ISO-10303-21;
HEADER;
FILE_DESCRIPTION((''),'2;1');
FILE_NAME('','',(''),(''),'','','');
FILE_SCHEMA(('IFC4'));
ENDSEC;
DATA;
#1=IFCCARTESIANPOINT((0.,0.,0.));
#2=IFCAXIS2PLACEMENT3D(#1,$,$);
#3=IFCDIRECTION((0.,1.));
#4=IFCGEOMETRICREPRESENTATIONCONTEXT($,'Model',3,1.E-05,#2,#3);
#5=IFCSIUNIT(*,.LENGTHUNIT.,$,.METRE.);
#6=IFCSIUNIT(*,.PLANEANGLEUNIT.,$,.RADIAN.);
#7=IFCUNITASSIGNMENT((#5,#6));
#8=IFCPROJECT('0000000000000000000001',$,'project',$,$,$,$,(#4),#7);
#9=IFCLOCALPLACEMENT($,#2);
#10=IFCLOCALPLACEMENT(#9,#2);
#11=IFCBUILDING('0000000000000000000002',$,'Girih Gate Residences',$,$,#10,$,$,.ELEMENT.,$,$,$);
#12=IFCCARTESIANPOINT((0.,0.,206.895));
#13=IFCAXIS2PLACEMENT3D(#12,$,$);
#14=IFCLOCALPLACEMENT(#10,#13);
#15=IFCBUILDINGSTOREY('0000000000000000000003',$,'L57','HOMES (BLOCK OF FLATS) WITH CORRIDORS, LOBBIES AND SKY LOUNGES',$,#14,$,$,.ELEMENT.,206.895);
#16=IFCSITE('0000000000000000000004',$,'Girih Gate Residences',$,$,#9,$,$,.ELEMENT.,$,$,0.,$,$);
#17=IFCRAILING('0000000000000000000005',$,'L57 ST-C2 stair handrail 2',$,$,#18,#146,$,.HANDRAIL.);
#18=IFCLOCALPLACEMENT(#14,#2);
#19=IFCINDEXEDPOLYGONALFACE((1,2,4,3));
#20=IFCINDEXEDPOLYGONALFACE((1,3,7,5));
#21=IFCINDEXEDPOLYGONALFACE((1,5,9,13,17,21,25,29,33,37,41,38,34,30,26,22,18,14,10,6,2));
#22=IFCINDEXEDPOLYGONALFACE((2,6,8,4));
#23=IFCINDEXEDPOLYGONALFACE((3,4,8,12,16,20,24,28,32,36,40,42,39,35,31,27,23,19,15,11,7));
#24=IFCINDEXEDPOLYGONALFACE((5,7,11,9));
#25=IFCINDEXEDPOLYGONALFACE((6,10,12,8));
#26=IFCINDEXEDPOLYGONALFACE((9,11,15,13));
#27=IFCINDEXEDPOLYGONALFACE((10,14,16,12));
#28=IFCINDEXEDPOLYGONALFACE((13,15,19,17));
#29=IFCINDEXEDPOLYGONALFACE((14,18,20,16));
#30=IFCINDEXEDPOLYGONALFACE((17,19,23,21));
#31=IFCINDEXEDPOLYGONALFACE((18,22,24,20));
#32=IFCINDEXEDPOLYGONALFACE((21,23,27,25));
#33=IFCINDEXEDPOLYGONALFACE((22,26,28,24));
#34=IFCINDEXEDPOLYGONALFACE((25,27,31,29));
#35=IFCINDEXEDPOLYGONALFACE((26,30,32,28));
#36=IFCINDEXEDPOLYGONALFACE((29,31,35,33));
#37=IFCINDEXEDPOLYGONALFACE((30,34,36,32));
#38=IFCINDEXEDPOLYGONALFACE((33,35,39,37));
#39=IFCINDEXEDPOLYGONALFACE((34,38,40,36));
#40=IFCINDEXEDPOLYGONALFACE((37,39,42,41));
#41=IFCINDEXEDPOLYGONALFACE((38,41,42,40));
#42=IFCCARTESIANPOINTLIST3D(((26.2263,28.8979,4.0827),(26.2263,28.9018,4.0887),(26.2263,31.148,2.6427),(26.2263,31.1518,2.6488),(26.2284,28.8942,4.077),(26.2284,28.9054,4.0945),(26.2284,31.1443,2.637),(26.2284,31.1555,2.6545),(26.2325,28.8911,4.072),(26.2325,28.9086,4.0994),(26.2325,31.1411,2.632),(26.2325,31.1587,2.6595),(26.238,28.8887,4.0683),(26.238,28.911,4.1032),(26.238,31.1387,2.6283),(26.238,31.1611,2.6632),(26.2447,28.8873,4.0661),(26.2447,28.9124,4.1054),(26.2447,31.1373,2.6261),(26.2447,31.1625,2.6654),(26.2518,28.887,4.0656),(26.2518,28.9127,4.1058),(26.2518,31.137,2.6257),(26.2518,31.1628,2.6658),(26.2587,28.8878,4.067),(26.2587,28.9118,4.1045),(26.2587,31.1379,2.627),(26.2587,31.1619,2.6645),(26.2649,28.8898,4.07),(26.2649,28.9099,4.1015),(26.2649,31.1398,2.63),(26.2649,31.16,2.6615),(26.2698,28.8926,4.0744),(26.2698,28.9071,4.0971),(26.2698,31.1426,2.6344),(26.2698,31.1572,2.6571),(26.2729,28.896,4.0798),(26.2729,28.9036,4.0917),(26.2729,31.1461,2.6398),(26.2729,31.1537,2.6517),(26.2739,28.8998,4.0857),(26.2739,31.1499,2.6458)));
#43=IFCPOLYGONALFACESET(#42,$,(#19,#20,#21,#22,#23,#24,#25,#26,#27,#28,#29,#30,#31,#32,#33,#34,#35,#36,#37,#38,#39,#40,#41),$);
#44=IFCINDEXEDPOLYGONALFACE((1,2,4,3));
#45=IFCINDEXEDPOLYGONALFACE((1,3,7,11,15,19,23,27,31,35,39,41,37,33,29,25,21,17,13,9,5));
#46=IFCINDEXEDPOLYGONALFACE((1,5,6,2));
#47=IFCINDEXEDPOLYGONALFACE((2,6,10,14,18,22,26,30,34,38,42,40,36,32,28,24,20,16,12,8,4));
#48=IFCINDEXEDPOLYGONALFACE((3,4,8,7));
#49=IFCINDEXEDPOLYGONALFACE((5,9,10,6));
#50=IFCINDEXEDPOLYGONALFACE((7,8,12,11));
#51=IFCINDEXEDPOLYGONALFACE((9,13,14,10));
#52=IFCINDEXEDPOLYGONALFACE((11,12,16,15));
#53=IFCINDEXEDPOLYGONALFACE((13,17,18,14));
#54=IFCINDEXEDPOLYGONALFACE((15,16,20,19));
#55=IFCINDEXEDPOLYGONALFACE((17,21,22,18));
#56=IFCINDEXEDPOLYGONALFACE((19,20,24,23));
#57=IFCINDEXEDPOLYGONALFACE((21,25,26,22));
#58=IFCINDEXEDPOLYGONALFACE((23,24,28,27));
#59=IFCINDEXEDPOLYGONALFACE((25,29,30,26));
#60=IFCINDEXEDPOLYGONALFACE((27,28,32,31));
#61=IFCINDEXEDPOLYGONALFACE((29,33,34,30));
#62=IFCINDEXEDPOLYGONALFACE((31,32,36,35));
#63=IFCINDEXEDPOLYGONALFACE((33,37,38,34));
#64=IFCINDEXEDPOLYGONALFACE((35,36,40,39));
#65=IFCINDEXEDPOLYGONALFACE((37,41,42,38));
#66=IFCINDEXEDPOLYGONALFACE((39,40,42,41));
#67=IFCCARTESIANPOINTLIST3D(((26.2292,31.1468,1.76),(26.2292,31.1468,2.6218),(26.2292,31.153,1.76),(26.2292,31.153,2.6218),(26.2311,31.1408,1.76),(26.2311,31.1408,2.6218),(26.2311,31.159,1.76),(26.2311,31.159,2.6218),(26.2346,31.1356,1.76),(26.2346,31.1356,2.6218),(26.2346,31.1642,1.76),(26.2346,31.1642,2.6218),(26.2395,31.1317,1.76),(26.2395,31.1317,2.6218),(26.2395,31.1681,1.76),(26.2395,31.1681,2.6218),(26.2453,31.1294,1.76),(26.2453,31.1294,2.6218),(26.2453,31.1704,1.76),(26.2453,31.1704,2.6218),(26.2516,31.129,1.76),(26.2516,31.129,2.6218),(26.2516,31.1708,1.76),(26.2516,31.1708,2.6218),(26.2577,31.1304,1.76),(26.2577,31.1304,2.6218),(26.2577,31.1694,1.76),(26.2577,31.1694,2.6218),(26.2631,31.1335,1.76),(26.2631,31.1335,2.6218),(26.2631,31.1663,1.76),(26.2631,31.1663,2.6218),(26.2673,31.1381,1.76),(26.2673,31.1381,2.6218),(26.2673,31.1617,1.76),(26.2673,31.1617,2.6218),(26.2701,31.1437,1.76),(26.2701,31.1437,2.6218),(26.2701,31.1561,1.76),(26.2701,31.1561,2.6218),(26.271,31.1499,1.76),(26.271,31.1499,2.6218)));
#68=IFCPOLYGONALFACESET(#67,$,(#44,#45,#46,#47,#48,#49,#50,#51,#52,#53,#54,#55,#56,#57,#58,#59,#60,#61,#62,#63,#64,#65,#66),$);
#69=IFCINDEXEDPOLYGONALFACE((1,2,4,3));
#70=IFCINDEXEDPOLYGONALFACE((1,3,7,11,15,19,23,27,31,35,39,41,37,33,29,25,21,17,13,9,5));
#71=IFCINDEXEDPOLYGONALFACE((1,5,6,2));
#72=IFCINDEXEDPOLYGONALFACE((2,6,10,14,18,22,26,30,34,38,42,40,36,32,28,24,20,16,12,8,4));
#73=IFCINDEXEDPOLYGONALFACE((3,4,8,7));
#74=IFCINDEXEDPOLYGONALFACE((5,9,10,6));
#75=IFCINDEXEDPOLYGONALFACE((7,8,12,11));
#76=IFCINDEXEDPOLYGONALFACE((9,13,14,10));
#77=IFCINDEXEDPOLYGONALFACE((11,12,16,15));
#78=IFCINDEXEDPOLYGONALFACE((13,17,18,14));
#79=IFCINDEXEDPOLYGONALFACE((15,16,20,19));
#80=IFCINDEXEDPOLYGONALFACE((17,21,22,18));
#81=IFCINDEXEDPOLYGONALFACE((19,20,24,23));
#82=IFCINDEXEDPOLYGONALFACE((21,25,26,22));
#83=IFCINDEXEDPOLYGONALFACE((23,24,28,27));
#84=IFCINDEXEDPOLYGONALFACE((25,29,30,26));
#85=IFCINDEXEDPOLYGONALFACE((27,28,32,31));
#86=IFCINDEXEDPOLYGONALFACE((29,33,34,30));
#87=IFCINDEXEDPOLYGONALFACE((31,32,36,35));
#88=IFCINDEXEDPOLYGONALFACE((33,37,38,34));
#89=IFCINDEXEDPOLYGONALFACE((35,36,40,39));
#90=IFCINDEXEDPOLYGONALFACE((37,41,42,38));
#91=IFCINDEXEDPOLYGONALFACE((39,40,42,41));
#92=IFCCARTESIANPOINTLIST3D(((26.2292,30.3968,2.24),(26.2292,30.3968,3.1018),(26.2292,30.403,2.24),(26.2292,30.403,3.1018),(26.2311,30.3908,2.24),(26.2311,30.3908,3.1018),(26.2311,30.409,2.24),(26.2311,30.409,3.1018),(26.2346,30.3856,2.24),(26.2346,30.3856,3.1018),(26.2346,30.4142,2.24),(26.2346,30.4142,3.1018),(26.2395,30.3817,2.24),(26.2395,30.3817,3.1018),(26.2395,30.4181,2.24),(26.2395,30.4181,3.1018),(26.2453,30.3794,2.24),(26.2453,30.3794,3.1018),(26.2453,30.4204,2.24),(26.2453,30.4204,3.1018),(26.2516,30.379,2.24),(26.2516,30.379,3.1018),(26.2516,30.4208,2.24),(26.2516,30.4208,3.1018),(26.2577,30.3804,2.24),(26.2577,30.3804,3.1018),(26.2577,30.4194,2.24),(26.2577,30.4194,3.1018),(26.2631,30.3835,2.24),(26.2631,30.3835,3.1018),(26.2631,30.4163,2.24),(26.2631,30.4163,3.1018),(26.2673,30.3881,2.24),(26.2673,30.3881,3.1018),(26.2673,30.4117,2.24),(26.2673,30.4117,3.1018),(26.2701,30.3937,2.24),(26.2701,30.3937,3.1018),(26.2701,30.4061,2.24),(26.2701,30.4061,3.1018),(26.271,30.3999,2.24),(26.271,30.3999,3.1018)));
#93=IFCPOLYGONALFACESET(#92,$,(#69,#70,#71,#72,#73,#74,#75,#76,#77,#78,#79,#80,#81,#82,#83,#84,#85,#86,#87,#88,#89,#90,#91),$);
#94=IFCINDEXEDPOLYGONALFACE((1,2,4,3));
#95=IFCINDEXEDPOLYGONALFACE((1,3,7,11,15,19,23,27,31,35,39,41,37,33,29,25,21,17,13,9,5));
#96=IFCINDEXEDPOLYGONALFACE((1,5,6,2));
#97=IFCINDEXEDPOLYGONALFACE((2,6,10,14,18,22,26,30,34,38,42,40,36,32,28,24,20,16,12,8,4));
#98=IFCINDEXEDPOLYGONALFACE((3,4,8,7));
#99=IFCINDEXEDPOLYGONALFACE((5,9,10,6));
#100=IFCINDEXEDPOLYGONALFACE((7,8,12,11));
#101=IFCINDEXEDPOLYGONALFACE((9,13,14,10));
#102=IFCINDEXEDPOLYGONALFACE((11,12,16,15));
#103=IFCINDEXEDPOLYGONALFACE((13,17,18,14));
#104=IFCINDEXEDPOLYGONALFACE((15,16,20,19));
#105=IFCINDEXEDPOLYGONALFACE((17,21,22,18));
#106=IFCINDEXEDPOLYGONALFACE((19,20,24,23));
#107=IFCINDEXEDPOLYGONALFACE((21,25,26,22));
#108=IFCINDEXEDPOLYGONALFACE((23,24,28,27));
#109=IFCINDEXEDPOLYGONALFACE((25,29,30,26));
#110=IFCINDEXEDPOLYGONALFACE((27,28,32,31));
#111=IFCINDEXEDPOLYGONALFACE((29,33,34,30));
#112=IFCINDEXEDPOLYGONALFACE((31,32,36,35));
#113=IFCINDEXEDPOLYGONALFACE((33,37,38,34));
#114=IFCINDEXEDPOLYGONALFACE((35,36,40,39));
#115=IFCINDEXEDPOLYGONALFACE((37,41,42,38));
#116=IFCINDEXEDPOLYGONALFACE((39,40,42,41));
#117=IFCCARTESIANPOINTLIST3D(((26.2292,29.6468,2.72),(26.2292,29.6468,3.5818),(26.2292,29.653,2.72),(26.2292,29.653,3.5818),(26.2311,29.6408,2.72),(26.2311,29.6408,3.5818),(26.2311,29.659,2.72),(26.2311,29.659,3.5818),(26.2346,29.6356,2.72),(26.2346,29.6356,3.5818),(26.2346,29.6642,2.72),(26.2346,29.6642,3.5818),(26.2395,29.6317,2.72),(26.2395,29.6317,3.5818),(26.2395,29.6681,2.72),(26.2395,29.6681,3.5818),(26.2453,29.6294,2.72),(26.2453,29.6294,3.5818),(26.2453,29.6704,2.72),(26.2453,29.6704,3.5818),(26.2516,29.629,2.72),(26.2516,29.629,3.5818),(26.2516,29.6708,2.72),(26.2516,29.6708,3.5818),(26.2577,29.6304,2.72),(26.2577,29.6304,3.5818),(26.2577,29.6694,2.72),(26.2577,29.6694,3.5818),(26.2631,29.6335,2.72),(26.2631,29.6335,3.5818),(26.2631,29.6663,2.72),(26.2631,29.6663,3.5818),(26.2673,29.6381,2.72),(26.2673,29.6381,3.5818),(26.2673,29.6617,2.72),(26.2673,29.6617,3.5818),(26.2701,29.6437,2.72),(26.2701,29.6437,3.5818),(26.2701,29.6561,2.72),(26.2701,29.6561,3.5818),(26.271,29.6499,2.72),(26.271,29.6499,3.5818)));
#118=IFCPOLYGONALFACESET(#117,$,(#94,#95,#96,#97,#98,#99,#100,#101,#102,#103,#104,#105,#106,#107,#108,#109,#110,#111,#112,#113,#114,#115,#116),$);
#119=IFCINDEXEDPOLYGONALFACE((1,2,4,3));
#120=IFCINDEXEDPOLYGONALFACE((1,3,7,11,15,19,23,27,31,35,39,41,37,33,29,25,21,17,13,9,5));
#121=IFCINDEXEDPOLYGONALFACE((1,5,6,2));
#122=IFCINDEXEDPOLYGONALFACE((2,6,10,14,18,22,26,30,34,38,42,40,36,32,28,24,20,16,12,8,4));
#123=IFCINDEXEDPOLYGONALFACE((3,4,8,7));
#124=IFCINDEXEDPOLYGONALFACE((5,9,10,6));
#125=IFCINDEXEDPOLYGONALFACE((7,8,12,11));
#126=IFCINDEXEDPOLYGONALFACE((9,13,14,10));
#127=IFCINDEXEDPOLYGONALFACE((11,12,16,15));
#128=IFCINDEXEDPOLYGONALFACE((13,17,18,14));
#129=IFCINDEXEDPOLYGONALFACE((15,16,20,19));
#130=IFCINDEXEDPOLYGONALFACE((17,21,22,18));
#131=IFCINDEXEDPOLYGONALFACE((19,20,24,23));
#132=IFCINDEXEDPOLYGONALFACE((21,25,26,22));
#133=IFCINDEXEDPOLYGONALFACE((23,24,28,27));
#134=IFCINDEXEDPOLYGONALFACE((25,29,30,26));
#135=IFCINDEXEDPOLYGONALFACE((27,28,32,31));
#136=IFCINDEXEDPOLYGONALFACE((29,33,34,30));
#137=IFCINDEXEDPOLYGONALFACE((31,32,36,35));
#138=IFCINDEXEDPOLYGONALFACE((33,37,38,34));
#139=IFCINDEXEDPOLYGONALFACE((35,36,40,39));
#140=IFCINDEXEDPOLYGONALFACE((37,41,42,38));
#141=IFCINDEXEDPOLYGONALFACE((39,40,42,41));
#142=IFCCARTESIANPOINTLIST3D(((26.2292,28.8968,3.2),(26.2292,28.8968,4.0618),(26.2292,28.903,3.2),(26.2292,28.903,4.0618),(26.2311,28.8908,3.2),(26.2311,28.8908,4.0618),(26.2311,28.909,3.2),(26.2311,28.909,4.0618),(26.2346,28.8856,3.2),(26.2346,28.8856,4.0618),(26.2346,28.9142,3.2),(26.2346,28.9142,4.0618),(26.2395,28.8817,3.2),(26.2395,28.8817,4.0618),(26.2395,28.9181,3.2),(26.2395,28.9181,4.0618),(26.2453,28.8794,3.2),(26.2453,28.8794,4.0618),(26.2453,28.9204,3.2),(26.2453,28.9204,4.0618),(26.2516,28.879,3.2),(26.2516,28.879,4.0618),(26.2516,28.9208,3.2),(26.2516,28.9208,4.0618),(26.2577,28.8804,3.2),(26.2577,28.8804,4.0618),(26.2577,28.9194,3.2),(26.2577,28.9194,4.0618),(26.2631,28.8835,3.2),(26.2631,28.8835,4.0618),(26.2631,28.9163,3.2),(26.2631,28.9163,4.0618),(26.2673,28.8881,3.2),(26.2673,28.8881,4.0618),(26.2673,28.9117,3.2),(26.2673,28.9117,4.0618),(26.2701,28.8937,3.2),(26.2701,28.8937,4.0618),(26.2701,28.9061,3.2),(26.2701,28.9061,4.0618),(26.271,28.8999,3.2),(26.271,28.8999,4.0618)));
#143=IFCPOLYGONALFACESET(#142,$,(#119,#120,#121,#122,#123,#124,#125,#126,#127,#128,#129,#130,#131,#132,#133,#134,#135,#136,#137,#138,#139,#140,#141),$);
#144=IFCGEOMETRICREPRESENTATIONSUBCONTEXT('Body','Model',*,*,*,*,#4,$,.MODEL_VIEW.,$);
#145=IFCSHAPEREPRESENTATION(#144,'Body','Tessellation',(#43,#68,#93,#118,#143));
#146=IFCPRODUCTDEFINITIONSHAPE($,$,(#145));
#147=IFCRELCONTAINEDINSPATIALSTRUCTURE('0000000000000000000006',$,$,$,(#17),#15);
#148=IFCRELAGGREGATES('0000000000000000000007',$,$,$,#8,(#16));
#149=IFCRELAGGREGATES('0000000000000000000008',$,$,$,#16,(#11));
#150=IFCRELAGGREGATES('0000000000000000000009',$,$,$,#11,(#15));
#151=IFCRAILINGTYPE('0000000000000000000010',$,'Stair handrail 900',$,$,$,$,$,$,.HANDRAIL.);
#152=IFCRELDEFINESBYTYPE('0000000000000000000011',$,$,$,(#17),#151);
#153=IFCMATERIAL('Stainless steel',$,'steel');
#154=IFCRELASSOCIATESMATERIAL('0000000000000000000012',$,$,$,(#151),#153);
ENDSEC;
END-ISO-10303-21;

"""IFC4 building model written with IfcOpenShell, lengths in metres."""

from ifc_helpers import new_model, si_unit, direction, frame, origin, origin_2d, place, context, subcontext, project, spatial, circle, extrude, material, type_object, element, save


model = new_model("IFC4")

# Units and contexts
model_context = context("Model", 3, precision=1e-05, world=origin(), true_north=direction((0.0, 1.0)))
body_context = subcontext(model_context, "Body", "Model", "MODEL_VIEW")
ifc_project = project(units=[si_unit("LENGTHUNIT", "METRE"), si_unit("PLANEANGLEUNIT", "RADIAN")], contexts=[model_context])

# Site, building, storey
site_placement = place(None, origin())
site = spatial("IfcSite", under=ifc_project, at=site_placement, Name="Girih Gate Residences", CompositionType="ELEMENT", RefElevation=0.0)
building_placement = place(site_placement, origin())
building = spatial("IfcBuilding", under=site, at=building_placement, Name="Girih Gate Residences", CompositionType="ELEMENT")
storey_placement = place(building_placement, frame((0.0, 0.0, 206.895)))
storey = spatial("IfcBuildingStorey", under=building, at=storey_placement, Name="L57", Description="HOMES (BLOCK OF FLATS) WITH CORRIDORS, LOBBIES AND SKY LOUNGES", CompositionType="ELEMENT", Elevation=206.895)

# Railing
ifc_material_1 = material(Name="Stainless steel", Category="steel")
railing_type_1 = type_object("IfcRailingType", Name="Stair handrail 900", PredefinedType="HANDRAIL", material=ifc_material_1)
railing_1_placement = place(storey_placement, frame((26.25, 31.1499, 1.76)))
element("IfcRailing", 1, at=railing_1_placement, inside=storey, type_object=railing_type_1, Name="L57 ST-C2 stair handrail 2", PredefinedType="HANDRAIL", context=body_context, shape_type="SweptSolid", body=[
    extrude(circle(Radius=0.0239, at=origin_2d()), frame((0.0, 0.0, 0.8857), z_axis=(0.0, -0.842281, 0.539038), x_axis=(1.0, 0.0, 0.0)), (0.0, 0.0, 1.0), 2.6714),
    extrude(circle(Radius=0.021, at=origin_2d()), origin(), (0.0, 0.0, 1.0), 0.8618),
    extrude(circle(Radius=0.021, at=origin_2d()), frame((0.0, -0.75, 0.48)), (0.0, 0.0, 1.0), 0.8618),
    extrude(circle(Radius=0.021, at=origin_2d()), frame((0.0, -1.5, 0.96)), (0.0, 0.0, 1.0), 0.8618),
    extrude(circle(Radius=0.021, at=origin_2d()), frame((0.0, -2.25, 1.4399)), (0.0, 0.0, 1.0), 0.8618),
])

save(model, "model.ifc")
